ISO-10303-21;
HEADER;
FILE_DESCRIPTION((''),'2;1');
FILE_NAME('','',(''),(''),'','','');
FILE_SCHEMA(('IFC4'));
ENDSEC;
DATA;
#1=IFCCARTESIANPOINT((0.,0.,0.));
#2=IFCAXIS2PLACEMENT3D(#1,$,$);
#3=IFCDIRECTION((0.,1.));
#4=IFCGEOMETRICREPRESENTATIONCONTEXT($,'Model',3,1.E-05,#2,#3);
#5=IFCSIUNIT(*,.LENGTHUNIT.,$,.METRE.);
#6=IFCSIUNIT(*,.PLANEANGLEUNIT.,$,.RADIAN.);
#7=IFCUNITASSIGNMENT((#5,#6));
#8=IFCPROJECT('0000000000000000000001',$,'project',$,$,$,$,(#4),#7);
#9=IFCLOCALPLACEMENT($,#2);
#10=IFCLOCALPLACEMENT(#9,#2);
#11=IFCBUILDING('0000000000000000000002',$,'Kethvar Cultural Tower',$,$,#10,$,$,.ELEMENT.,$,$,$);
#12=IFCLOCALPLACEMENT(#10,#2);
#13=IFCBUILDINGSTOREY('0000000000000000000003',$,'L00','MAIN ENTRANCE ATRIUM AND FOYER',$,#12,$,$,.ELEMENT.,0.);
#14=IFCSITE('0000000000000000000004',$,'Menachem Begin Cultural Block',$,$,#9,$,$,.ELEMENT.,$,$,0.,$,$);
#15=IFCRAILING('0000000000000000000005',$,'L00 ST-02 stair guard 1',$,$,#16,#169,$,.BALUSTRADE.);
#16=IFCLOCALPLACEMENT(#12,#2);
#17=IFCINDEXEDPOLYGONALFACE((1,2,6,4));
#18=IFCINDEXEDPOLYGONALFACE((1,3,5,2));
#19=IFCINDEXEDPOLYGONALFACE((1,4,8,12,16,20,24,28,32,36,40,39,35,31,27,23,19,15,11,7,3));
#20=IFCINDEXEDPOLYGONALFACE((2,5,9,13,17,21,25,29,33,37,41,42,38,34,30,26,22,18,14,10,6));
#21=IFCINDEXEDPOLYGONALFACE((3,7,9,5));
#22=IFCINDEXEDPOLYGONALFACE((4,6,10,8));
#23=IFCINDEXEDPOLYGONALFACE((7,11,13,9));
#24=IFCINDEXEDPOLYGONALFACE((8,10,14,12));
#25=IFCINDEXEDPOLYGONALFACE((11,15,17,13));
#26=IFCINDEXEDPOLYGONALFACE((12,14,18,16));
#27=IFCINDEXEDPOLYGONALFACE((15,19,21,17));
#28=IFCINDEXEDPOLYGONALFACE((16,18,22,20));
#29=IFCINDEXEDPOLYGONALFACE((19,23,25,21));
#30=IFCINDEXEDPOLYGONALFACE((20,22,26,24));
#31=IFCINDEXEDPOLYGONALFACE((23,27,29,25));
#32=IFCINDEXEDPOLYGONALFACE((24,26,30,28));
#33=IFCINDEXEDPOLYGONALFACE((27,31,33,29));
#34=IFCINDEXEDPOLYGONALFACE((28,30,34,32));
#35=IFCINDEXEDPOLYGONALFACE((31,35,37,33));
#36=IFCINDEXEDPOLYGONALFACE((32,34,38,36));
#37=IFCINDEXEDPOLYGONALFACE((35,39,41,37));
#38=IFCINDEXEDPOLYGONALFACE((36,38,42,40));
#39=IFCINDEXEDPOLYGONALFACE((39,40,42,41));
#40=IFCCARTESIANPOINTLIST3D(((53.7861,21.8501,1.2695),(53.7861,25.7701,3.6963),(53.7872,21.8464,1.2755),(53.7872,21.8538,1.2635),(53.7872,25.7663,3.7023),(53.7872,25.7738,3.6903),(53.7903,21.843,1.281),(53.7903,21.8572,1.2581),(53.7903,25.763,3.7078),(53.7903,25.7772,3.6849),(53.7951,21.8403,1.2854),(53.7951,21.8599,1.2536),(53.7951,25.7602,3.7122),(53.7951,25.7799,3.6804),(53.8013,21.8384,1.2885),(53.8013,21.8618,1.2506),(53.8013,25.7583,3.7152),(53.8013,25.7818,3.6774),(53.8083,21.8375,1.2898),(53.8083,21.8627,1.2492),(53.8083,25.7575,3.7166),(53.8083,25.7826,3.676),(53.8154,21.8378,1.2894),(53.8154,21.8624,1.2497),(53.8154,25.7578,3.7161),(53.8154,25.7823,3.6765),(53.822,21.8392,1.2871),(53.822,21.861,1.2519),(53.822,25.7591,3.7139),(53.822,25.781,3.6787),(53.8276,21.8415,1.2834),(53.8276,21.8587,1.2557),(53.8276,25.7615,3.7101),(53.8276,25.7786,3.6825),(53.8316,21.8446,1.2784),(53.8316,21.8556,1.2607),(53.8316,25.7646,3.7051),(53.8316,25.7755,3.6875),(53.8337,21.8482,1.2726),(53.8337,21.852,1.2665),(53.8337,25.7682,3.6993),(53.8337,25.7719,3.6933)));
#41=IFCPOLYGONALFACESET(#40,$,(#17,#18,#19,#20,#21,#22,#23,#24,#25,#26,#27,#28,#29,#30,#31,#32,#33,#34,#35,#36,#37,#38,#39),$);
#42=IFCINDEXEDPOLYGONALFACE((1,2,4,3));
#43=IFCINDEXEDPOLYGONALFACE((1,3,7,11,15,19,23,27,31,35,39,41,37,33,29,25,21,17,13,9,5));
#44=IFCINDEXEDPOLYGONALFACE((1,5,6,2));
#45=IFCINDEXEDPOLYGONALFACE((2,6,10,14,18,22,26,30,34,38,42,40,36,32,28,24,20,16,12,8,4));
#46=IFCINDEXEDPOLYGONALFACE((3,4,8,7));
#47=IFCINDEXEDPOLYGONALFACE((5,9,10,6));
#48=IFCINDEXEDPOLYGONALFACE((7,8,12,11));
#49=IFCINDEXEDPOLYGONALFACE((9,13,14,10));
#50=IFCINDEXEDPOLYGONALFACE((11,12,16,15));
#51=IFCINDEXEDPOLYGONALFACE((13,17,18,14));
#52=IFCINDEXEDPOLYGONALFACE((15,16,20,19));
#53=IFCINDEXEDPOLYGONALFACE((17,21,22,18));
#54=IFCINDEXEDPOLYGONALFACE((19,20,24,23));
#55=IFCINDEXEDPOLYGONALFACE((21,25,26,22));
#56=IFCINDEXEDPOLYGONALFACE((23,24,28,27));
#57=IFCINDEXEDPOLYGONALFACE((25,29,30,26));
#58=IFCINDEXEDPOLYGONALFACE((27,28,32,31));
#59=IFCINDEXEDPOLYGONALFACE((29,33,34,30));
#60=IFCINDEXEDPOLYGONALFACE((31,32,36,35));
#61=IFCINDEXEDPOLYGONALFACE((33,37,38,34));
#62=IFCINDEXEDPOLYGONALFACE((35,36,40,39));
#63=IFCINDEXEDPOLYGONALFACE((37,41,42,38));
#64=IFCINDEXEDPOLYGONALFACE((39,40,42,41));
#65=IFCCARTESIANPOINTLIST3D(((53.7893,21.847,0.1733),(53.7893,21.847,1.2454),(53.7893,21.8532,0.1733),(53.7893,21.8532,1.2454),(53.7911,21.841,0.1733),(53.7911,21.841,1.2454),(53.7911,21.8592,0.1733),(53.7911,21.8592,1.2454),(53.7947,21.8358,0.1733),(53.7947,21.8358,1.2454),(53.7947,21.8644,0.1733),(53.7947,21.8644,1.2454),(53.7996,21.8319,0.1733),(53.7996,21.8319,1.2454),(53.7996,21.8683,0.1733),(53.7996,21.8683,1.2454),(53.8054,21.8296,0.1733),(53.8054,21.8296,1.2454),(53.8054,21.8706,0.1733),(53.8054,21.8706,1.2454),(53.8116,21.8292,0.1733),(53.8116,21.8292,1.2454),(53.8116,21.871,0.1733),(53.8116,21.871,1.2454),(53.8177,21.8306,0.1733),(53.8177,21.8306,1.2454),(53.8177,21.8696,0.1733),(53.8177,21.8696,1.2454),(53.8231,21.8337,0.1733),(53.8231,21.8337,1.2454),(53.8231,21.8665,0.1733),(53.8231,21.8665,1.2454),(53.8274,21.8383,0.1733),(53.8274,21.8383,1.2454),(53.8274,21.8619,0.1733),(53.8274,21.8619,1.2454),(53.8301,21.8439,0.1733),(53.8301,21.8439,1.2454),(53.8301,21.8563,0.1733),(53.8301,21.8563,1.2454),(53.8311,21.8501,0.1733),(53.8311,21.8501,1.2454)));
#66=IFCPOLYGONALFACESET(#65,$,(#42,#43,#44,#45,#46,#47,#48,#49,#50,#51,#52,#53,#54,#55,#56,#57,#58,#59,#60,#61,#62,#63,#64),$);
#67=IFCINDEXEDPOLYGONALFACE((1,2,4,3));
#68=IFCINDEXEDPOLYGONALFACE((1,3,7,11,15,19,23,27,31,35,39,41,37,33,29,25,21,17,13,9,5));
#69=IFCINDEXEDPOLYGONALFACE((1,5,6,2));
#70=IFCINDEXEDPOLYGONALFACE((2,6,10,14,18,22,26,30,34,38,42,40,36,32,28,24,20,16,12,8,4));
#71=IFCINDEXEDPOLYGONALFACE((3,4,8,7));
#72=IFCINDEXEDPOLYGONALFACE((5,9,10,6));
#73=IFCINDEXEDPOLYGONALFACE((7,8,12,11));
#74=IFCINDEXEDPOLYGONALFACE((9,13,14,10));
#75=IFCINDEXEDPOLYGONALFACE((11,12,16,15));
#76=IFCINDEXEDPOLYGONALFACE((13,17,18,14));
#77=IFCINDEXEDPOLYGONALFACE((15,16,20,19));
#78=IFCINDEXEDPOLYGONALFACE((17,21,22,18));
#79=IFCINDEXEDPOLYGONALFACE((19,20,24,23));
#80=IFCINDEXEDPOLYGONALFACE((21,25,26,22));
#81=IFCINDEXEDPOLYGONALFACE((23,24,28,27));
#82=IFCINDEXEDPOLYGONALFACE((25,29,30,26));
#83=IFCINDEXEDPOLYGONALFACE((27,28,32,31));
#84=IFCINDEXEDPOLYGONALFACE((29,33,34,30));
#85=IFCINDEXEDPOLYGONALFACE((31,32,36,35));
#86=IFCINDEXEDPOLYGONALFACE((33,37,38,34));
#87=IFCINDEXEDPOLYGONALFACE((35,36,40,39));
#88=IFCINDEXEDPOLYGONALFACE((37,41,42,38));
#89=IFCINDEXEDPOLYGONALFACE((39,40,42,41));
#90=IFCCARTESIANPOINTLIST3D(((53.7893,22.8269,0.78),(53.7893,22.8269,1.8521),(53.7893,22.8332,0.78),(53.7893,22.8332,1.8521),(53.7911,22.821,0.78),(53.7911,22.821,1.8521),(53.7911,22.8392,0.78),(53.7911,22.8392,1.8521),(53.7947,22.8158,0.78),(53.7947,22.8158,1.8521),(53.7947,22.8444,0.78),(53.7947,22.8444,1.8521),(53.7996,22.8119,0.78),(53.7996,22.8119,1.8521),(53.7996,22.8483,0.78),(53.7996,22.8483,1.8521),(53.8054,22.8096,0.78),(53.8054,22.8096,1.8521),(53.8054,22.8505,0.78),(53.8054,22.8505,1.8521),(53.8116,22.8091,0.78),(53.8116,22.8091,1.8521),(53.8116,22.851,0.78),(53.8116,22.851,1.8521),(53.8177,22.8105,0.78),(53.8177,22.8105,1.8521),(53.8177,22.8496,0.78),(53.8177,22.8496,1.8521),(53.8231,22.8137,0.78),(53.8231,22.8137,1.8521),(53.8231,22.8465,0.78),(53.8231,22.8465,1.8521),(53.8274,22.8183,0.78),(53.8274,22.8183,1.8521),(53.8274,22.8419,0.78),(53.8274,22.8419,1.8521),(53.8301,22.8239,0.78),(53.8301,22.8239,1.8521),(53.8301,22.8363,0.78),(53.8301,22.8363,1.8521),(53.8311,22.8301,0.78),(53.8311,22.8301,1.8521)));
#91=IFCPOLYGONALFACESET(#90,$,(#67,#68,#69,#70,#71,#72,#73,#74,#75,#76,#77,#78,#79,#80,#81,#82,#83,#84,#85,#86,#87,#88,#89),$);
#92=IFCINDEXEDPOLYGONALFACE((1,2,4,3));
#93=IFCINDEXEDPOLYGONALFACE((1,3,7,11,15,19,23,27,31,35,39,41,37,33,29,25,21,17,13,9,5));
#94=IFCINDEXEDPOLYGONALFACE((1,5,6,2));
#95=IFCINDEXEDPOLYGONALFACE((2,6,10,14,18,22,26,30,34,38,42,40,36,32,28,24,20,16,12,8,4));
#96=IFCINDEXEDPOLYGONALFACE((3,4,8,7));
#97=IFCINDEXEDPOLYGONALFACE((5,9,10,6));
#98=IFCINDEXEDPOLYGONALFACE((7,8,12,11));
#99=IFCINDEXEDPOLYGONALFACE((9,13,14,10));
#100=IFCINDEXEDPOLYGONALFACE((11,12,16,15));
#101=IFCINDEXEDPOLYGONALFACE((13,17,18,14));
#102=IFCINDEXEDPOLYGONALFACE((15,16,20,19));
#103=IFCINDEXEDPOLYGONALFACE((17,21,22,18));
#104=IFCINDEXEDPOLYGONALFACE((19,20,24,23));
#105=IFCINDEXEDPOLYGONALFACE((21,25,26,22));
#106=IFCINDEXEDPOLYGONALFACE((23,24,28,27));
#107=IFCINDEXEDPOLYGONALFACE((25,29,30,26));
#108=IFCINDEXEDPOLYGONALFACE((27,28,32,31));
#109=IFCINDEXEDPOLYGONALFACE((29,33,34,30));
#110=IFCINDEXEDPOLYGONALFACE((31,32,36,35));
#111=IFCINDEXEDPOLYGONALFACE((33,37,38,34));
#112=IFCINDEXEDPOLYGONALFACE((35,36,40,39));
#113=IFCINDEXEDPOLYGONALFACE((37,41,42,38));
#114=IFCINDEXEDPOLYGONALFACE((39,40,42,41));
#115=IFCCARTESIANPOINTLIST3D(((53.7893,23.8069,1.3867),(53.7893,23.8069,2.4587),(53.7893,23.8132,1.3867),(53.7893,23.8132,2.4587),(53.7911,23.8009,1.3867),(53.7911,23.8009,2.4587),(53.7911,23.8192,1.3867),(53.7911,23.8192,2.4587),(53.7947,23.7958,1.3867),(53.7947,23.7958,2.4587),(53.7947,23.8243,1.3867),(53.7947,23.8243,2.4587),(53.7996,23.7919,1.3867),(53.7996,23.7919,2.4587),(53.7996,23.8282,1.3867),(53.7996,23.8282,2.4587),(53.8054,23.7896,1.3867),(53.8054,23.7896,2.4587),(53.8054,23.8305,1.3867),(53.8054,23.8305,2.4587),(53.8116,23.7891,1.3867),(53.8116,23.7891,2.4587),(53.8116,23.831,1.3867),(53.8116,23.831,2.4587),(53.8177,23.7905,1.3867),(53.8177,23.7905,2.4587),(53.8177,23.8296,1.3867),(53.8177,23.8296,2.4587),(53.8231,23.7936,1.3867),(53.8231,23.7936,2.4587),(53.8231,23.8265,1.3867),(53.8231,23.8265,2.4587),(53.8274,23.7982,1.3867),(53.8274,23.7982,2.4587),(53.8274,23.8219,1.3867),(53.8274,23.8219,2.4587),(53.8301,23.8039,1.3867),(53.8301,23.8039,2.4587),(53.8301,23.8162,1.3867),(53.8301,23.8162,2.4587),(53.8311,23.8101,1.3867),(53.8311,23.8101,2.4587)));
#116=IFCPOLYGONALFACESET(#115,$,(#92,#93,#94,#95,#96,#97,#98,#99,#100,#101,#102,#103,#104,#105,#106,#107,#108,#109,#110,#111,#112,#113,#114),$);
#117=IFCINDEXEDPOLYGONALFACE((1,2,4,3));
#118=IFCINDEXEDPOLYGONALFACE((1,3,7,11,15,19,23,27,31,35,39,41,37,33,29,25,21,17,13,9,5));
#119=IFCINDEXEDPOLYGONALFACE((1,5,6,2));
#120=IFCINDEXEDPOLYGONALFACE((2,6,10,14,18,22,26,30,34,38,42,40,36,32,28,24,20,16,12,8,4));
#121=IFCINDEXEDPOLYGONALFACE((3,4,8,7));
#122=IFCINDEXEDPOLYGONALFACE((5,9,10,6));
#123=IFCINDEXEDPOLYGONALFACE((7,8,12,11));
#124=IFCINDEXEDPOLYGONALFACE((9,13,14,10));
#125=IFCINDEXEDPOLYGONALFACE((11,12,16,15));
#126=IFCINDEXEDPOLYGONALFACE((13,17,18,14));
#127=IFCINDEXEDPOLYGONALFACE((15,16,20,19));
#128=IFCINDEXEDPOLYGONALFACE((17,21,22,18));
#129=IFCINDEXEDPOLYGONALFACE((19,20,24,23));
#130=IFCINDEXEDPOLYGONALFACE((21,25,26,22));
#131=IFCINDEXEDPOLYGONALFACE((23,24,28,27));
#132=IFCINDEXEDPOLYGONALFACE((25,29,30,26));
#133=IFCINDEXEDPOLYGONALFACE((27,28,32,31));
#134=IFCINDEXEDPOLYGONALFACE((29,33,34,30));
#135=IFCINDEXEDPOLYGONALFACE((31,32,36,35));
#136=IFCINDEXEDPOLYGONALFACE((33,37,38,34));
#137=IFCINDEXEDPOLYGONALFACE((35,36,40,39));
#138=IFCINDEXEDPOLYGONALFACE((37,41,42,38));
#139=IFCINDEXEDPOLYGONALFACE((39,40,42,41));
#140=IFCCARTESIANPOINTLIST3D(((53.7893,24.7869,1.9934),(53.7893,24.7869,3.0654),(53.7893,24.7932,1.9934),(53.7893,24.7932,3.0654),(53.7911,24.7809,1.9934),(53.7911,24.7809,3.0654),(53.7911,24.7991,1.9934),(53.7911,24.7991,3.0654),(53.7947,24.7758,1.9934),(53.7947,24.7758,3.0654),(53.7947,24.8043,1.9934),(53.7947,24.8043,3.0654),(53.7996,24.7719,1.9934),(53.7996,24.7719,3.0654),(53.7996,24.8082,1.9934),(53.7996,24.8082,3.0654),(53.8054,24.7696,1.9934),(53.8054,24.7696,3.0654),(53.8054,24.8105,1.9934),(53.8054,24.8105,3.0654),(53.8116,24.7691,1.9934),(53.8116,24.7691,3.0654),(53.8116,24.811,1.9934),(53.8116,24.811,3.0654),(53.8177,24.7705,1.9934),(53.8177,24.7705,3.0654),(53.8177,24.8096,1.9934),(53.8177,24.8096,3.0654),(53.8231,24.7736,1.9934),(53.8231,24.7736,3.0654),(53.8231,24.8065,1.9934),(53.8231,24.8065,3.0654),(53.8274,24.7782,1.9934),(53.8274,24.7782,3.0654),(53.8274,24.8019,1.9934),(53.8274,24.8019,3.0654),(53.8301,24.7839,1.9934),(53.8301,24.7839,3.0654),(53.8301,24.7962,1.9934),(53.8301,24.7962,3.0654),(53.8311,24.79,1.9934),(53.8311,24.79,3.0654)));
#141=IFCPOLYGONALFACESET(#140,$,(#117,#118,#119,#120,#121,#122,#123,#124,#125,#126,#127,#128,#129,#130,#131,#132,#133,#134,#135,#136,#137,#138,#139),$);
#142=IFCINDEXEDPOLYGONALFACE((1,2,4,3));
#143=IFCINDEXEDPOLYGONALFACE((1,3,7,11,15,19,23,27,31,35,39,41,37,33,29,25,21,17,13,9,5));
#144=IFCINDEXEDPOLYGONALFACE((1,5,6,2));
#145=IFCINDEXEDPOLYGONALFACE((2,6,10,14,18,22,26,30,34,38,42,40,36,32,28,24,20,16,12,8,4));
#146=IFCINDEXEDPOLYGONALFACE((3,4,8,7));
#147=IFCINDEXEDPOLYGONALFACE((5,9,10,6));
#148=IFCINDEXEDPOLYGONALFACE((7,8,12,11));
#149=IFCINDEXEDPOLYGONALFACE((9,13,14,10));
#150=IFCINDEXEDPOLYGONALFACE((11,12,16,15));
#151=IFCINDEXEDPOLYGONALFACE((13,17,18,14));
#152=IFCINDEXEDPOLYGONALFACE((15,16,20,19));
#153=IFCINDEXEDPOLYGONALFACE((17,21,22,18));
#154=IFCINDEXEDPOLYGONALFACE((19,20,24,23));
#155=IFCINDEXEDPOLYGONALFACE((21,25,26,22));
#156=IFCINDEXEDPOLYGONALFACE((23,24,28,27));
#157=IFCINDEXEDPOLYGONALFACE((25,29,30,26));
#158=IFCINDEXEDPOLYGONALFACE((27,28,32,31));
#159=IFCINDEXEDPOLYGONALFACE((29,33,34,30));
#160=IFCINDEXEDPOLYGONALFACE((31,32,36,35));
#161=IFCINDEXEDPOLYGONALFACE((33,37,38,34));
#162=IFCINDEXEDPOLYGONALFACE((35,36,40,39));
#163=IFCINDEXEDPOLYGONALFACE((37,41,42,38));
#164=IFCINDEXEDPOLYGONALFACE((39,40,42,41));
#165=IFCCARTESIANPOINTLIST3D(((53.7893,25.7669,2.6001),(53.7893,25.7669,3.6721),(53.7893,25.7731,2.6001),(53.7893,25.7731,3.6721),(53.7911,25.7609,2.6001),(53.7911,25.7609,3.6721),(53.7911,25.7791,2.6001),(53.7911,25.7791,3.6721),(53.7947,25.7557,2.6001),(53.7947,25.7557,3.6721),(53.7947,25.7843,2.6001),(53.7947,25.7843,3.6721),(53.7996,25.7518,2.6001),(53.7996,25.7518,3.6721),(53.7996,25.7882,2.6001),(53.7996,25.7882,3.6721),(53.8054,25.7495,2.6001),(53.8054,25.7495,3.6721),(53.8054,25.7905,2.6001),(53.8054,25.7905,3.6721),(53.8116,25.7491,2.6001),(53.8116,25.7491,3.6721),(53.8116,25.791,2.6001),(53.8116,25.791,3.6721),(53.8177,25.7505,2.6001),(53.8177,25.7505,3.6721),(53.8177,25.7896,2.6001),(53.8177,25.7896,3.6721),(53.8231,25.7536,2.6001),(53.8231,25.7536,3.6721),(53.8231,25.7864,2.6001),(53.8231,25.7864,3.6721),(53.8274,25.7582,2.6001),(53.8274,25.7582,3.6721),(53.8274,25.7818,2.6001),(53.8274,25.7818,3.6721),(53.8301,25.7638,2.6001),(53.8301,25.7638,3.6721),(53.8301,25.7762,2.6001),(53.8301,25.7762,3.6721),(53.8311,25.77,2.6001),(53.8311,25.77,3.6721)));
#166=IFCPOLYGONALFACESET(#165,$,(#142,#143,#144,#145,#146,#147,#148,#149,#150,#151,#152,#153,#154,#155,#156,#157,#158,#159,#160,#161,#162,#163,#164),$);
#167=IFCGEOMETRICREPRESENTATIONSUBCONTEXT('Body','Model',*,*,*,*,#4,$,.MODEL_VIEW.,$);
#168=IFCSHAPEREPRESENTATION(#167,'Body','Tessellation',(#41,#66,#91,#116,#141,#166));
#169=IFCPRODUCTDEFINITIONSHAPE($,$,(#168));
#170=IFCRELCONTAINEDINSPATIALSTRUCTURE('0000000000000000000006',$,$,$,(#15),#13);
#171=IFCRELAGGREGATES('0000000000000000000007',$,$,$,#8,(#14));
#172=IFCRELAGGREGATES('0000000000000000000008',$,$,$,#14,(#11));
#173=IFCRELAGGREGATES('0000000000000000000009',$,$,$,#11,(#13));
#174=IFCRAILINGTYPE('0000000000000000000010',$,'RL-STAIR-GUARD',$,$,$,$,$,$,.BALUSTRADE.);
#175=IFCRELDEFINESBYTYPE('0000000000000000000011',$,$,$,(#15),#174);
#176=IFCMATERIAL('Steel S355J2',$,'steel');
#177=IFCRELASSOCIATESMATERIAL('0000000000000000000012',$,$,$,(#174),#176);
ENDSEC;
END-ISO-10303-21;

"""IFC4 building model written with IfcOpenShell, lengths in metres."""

from ifc_helpers import new_model, si_unit, direction, frame, origin, origin_2d, place, context, subcontext, project, spatial, circle, extrude, material, type_object, element, save


model = new_model("IFC4")

# Units and contexts
model_context = context("Model", 3, precision=1e-05, world=origin(), true_north=direction((0.0, 1.0)))
body_context = subcontext(model_context, "Body", "Model", "MODEL_VIEW")
ifc_project = project(units=[si_unit("LENGTHUNIT", "METRE"), si_unit("PLANEANGLEUNIT", "RADIAN")], contexts=[model_context])

# Site, building, storey
site_placement = place(None, origin())
site = spatial("IfcSite", under=ifc_project, at=site_placement, Name="Menachem Begin Cultural Block", CompositionType="ELEMENT", RefElevation=0.0)
building_placement = place(site_placement, origin())
building = spatial("IfcBuilding", under=site, at=building_placement, Name="Kethvar Cultural Tower", CompositionType="ELEMENT")
storey_placement = place(building_placement, origin())
storey = spatial("IfcBuildingStorey", under=building, at=storey_placement, Name="L00", Description="MAIN ENTRANCE ATRIUM AND FOYER", CompositionType="ELEMENT", Elevation=0.0)

# Shared definitions
ifc_material_1 = material(Name="Steel S355J2", Category="steel")

# Railing
railing_type_1 = type_object("IfcRailingType", Name="RL-STAIR-GUARD", PredefinedType="BALUSTRADE", material=ifc_material_1)
railing_1_placement = place(storey_placement, frame((53.8101, 21.8501, 0.1733)))
element("IfcRailing", 1, at=railing_1_placement, inside=storey, type_object=railing_type_1, Name="L00 ST-02 stair guard 1", PredefinedType="BALUSTRADE", context=body_context, shape_type="SweptSolid", body=[
    extrude(circle(Radius=0.0239, at=origin_2d()), frame((0.0, 0.0, 1.0962), z_axis=(0.0, 0.850252, 0.526376), x_axis=(-1.0, 0.0, 0.0)), (0.0, 0.0, 1.0), 4.6104),
    extrude(circle(Radius=0.021, at=origin_2d()), origin(), (0.0, 0.0, 1.0), 1.072),
    extrude(circle(Radius=0.021, at=origin_2d()), frame((0.0, 0.98, 0.6067)), (0.0, 0.0, 1.0), 1.072),
    extrude(circle(Radius=0.021, at=origin_2d()), frame((0.0, 1.96, 1.2134)), (0.0, 0.0, 1.0), 1.072),
    extrude(circle(Radius=0.021, at=origin_2d()), frame((0.0, 2.9399, 1.8201)), (0.0, 0.0, 1.0), 1.072),
    extrude(circle(Radius=0.021, at=origin_2d()), frame((0.0, 3.9199, 2.4268)), (0.0, 0.0, 1.0), 1.072),
])

save(model, "model.ifc")
